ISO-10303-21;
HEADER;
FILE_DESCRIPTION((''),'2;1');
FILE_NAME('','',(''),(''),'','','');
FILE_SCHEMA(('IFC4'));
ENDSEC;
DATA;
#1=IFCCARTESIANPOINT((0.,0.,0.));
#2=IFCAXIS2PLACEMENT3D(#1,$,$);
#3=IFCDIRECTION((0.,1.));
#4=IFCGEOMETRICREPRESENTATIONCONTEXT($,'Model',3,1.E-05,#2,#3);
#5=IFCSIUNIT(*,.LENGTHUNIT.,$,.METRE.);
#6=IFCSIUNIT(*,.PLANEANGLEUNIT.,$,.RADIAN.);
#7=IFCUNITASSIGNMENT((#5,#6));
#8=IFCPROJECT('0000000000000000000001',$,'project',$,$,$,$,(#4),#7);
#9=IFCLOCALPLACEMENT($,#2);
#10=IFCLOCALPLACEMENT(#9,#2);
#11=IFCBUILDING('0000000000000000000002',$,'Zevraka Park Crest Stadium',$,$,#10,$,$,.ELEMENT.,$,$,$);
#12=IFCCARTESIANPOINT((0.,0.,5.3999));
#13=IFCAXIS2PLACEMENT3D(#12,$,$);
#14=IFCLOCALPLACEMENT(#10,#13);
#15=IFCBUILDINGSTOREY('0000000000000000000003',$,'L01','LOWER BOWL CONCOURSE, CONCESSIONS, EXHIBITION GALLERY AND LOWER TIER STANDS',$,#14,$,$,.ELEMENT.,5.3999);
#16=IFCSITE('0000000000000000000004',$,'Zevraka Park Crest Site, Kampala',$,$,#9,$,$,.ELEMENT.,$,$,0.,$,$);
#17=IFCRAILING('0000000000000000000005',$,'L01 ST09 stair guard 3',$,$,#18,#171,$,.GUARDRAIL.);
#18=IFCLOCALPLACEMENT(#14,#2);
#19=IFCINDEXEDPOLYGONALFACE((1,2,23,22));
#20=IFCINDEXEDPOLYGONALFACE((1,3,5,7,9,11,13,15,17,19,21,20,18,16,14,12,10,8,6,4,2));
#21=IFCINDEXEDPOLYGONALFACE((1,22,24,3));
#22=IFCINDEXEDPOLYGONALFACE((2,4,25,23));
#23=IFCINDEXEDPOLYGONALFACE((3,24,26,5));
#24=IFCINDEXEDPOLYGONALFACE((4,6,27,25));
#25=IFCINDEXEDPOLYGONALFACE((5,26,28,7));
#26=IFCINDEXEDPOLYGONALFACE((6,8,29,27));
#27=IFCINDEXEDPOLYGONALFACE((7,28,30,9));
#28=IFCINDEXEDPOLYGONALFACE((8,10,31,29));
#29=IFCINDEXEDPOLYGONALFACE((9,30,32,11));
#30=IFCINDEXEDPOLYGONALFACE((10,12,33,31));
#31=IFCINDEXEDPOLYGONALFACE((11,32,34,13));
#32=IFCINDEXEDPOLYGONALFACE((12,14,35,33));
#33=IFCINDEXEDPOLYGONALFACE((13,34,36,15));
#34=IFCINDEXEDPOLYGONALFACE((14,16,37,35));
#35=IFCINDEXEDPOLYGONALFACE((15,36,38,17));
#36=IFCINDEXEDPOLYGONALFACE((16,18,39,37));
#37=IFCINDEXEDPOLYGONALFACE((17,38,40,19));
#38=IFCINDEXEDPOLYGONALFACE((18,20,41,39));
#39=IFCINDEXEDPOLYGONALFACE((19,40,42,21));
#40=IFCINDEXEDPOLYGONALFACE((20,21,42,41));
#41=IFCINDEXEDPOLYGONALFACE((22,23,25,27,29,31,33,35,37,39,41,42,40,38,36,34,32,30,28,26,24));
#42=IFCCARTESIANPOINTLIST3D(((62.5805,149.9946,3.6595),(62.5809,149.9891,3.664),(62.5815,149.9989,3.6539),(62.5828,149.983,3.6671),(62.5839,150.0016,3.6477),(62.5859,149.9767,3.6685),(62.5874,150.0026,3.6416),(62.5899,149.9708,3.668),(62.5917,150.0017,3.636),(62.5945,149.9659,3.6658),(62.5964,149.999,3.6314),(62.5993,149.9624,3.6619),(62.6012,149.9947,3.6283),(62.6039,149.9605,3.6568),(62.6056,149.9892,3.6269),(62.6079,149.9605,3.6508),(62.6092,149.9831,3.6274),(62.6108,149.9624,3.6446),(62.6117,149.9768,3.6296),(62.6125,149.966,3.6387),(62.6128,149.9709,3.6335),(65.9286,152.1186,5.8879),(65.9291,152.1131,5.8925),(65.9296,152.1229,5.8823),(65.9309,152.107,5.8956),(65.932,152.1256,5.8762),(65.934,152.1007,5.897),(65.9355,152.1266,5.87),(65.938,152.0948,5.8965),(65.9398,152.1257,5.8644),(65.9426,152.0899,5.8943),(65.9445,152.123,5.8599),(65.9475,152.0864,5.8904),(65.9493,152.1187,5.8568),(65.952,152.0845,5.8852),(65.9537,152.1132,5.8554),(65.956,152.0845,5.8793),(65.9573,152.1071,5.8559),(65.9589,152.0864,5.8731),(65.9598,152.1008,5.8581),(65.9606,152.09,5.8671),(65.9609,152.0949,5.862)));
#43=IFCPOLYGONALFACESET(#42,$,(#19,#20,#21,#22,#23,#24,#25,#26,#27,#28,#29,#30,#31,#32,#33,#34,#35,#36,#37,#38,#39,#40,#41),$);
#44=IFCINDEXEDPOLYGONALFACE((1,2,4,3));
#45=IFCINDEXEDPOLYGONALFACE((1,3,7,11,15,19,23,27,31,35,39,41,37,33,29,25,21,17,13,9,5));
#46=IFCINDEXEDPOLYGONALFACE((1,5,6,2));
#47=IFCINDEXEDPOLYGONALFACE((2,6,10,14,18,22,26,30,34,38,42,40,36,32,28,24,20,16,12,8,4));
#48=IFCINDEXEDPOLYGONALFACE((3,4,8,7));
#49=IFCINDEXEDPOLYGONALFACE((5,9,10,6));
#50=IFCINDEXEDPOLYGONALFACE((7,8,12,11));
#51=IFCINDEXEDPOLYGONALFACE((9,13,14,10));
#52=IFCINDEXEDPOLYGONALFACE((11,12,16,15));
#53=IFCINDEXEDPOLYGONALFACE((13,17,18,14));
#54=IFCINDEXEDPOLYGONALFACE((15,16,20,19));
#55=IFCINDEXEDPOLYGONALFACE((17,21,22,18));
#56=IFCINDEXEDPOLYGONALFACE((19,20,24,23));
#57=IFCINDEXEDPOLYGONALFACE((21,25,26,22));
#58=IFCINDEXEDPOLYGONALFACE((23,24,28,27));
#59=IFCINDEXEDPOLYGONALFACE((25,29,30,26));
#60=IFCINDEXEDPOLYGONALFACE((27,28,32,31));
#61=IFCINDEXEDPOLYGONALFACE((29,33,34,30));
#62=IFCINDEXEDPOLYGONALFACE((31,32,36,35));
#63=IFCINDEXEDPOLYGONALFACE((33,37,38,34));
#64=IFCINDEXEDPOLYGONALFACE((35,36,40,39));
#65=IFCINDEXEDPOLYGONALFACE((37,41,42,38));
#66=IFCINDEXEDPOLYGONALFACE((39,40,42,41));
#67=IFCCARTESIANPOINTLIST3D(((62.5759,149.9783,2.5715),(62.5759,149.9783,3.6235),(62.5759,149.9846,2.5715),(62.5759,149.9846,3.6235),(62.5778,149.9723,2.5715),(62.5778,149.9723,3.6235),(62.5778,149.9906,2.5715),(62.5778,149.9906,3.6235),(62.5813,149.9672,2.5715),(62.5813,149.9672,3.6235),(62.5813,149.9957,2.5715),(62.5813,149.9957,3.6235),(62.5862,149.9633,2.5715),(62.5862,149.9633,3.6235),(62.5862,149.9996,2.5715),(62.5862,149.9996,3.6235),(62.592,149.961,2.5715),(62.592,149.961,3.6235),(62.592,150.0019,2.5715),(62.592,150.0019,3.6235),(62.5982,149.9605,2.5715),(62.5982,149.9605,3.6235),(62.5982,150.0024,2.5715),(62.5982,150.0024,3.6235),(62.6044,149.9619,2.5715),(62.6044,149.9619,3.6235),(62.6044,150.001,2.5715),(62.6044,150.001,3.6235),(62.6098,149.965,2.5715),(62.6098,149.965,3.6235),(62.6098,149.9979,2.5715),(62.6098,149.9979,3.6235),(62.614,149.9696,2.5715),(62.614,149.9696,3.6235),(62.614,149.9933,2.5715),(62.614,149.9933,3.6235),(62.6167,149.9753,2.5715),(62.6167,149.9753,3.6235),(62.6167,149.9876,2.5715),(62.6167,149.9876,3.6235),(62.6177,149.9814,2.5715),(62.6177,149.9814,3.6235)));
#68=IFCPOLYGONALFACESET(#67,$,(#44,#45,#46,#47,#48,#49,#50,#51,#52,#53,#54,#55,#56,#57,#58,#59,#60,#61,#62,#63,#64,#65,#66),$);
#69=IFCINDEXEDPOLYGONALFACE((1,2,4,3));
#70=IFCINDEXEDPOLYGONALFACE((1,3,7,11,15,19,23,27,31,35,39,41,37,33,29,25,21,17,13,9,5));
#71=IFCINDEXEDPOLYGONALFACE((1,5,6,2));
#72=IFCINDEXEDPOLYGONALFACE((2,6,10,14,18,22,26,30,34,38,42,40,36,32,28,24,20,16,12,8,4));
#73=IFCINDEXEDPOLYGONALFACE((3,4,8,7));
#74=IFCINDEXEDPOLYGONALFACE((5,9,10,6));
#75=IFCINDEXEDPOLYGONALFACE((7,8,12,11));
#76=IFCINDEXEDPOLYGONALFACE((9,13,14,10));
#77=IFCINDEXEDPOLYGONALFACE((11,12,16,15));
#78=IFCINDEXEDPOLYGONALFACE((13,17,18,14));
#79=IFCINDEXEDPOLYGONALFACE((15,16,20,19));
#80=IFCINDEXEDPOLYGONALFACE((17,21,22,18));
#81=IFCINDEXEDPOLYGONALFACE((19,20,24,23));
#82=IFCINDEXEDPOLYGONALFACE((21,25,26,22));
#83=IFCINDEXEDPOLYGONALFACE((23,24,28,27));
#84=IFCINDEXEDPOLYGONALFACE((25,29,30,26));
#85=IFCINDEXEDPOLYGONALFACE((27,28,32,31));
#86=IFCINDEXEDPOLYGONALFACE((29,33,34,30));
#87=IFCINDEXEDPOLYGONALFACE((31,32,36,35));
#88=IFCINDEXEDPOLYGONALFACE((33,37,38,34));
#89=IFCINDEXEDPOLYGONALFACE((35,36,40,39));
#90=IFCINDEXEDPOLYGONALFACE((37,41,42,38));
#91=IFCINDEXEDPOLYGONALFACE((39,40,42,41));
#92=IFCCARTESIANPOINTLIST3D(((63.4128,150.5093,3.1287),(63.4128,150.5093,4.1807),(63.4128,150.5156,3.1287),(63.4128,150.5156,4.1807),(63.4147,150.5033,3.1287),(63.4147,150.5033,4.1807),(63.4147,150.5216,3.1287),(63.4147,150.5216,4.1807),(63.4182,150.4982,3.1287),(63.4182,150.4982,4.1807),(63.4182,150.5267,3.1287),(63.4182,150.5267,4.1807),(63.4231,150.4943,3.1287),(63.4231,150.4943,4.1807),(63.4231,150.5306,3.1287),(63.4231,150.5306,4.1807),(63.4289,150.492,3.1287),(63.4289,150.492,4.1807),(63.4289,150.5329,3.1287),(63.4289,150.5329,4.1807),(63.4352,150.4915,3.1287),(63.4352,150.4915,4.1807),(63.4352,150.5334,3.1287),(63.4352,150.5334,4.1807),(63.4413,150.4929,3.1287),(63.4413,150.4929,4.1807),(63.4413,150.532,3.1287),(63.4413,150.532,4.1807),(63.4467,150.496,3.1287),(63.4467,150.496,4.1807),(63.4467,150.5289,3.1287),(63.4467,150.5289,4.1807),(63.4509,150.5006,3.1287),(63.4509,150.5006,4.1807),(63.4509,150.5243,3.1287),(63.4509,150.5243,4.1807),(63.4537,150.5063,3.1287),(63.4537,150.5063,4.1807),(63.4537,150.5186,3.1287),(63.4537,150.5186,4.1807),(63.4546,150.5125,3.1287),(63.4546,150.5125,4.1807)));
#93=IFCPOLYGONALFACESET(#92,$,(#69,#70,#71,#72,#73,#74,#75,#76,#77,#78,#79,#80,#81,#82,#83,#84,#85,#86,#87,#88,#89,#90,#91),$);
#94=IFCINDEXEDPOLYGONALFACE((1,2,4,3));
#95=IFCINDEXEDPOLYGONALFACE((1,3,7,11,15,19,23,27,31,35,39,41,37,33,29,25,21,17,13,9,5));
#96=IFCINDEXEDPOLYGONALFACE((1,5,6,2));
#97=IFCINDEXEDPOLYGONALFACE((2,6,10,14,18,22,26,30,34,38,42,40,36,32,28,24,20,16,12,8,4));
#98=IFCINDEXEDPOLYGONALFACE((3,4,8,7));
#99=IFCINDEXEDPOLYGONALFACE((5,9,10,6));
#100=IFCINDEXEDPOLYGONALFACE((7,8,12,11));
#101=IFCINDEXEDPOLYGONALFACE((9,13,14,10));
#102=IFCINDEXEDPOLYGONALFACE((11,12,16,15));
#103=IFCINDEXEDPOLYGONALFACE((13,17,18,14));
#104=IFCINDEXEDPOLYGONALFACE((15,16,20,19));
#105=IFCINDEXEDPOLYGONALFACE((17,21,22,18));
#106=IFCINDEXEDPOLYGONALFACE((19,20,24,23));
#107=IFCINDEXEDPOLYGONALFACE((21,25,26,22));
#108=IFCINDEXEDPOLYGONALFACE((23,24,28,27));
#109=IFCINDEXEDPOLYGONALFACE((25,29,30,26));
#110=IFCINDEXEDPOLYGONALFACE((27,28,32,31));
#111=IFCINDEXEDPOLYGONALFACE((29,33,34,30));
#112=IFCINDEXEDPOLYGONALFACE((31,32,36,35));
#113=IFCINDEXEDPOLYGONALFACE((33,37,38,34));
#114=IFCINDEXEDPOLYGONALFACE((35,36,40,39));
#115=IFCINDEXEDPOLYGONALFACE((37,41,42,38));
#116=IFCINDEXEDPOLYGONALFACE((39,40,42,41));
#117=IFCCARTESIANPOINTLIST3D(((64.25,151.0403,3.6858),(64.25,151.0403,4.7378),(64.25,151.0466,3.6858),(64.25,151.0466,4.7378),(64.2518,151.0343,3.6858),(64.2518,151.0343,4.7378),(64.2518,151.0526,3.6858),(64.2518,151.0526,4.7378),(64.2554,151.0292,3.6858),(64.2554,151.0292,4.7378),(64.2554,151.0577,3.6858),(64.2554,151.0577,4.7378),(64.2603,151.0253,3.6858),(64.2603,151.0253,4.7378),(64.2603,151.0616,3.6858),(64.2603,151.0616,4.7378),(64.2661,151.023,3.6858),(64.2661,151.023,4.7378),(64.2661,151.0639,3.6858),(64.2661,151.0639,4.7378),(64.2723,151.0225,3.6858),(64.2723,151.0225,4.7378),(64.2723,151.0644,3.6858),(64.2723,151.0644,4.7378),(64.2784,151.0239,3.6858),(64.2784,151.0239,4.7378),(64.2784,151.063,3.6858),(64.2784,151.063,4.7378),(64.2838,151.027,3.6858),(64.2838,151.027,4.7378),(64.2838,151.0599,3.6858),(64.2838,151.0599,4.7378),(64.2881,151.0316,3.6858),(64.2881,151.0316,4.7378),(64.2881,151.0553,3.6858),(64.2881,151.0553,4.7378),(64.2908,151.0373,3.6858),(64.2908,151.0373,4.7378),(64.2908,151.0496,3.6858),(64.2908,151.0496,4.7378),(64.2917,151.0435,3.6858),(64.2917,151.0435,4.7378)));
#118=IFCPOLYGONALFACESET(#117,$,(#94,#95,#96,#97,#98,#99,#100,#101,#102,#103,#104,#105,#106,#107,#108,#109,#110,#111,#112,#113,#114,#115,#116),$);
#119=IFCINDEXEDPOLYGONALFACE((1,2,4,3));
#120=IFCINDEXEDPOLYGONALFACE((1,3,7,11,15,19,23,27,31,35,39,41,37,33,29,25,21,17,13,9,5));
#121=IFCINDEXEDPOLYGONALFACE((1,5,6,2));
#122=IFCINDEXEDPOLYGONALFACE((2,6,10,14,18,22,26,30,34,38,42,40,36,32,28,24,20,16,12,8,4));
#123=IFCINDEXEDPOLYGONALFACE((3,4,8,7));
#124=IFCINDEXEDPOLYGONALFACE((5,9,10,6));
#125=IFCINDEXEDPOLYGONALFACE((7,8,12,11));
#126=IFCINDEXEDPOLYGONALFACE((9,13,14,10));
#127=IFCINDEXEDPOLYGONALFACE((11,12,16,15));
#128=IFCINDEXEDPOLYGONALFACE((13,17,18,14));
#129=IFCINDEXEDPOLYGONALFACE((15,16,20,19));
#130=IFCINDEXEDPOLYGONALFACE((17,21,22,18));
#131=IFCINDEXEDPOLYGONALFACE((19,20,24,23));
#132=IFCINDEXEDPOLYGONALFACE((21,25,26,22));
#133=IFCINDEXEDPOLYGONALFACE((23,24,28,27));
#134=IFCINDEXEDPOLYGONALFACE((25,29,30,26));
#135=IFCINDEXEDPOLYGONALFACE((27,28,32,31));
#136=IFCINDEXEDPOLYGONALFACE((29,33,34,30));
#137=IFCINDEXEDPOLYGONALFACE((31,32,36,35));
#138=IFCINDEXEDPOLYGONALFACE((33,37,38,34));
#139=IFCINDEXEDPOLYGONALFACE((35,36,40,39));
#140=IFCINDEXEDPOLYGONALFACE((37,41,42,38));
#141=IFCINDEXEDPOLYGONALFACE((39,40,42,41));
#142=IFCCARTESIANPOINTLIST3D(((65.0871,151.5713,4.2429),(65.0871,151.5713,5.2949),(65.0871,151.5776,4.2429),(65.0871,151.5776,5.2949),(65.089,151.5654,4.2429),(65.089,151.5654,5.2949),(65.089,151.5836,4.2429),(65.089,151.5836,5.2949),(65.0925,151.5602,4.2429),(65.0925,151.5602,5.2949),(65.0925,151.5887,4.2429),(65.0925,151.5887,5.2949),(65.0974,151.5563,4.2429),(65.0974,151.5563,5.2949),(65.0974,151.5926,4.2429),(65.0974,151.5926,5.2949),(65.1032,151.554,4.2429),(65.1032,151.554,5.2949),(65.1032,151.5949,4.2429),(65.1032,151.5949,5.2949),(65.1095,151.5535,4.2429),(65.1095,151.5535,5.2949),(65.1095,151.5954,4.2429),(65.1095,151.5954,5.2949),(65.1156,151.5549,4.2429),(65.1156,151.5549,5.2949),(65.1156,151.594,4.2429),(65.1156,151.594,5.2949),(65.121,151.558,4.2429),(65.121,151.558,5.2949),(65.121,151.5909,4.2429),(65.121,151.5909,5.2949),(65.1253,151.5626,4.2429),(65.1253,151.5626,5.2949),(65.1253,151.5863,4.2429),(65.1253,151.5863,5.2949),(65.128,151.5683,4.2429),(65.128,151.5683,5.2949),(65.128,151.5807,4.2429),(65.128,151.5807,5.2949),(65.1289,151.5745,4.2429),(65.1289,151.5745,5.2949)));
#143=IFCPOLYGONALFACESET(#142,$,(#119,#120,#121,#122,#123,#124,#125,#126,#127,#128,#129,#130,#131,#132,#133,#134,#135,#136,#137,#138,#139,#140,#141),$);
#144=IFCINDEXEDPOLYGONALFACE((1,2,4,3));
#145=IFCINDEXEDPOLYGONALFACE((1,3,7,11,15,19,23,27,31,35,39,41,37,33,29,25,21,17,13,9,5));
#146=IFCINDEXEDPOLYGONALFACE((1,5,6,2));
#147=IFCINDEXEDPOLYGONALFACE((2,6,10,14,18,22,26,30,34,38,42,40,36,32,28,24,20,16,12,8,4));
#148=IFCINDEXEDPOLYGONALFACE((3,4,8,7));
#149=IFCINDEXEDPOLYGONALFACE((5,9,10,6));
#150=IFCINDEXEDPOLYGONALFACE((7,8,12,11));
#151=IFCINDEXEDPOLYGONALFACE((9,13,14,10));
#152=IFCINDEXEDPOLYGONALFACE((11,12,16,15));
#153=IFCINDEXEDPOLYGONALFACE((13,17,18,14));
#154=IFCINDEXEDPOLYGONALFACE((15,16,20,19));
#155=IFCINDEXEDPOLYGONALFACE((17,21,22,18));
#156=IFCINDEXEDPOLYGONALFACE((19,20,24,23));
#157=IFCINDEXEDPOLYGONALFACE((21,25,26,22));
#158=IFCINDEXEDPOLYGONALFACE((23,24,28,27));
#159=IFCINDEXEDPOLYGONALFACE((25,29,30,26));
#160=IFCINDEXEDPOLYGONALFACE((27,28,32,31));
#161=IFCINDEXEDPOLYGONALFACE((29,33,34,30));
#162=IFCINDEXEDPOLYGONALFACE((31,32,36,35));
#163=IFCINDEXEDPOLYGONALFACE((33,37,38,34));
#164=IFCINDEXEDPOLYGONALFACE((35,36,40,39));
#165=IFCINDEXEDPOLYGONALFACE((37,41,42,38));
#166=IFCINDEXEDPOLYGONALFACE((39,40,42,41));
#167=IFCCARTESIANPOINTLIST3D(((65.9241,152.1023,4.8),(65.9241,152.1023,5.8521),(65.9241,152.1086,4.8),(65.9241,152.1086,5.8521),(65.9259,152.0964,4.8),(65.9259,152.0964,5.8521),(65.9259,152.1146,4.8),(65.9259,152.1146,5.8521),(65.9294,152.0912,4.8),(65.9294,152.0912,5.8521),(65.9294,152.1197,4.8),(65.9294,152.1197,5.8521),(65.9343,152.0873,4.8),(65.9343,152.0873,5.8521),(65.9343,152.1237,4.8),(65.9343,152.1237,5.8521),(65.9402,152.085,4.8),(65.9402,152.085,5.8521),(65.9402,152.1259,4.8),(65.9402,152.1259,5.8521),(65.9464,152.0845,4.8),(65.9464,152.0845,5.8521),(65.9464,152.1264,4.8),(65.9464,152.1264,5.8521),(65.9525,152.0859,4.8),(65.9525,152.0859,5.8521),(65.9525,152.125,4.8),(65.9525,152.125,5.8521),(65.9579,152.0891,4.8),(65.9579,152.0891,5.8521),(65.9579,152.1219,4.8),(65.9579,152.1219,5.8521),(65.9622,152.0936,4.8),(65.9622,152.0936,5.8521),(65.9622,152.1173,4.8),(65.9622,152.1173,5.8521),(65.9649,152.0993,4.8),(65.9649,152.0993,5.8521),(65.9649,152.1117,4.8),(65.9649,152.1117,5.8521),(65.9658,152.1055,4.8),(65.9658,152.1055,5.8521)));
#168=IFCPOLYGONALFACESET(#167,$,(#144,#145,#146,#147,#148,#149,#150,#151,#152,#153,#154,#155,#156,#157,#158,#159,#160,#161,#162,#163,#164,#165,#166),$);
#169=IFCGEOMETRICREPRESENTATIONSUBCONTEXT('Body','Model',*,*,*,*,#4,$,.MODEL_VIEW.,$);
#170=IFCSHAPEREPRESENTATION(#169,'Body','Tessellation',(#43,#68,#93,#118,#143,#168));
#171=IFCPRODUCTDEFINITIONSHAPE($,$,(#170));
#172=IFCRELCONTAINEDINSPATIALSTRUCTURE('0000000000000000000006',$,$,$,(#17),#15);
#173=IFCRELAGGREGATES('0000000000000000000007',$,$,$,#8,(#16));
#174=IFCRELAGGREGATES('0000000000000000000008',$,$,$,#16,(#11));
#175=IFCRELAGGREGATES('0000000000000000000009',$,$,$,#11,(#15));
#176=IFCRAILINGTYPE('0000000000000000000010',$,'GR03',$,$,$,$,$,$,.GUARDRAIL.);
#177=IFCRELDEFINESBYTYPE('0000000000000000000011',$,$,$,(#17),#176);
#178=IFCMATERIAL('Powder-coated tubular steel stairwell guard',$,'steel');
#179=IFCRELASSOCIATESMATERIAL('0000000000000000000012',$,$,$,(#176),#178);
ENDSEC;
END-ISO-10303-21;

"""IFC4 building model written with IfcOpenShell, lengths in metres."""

from ifc_helpers import new_model, si_unit, direction, frame, origin, origin_2d, place, context, subcontext, project, spatial, circle, extrude, material, type_object, element, save


model = new_model("IFC4")

# Units and contexts
model_context = context("Model", 3, precision=1e-05, world=origin(), true_north=direction((0.0, 1.0)))
body_context = subcontext(model_context, "Body", "Model", "MODEL_VIEW")
ifc_project = project(units=[si_unit("LENGTHUNIT", "METRE"), si_unit("PLANEANGLEUNIT", "RADIAN")], contexts=[model_context])

# Site, building, storey
site_placement = place(None, origin())
site = spatial("IfcSite", under=ifc_project, at=site_placement, Name="Zevraka Park Crest Site, Kampala", CompositionType="ELEMENT", RefElevation=0.0)
building_placement = place(site_placement, origin())
building = spatial("IfcBuilding", under=site, at=building_placement, Name="Zevraka Park Crest Stadium", CompositionType="ELEMENT")
storey_placement = place(building_placement, frame((0.0, 0.0, 5.3999)))
storey = spatial("IfcBuildingStorey", under=building, at=storey_placement, Name="L01", Description="LOWER BOWL CONCOURSE, CONCESSIONS, EXHIBITION GALLERY AND LOWER TIER STANDS", CompositionType="ELEMENT", Elevation=5.3999)

# Railing
ifc_material_1 = material(Name="Powder-coated tubular steel stairwell guard", Category="steel")
railing_type_1 = type_object("IfcRailingType", Name="GR03", PredefinedType="GUARDRAIL", material=ifc_material_1)
railing_1_placement = place(storey_placement, frame((62.5967, 149.9814, 2.5715)))
element("IfcRailing", 1, at=railing_1_placement, inside=storey, type_object=railing_type_1, Name="L01 ST09 stair guard 3", PredefinedType="GUARDRAIL", context=body_context, shape_type="SweptSolid", body=[
    extrude(circle(Radius=0.0239, at=origin_2d()), frame((0.0, 0.0, 1.0762), z_axis=(0.736117, 0.466984, 0.489957), x_axis=(-0.535688, 0.844416, 0.0)), (0.0, 0.0, 1.0), 4.5483),
    extrude(circle(Radius=0.021, at=origin_2d()), origin(), (0.0, 0.0, 1.0), 1.052),
    extrude(circle(Radius=0.021, at=origin_2d()), frame((0.8369, 0.531, 0.5571)), (0.0, 0.0, 1.0), 1.052),
    extrude(circle(Radius=0.021, at=origin_2d()), frame((1.6741, 1.062, 1.1143)), (0.0, 0.0, 1.0), 1.052),
    extrude(circle(Radius=0.021, at=origin_2d()), frame((2.5112, 1.593, 1.6714)), (0.0, 0.0, 1.0), 1.052),
    extrude(circle(Radius=0.021, at=origin_2d()), frame((3.3481, 2.124, 2.2285)), (0.0, 0.0, 1.0), 1.052),
])

save(model, "model.ifc")
